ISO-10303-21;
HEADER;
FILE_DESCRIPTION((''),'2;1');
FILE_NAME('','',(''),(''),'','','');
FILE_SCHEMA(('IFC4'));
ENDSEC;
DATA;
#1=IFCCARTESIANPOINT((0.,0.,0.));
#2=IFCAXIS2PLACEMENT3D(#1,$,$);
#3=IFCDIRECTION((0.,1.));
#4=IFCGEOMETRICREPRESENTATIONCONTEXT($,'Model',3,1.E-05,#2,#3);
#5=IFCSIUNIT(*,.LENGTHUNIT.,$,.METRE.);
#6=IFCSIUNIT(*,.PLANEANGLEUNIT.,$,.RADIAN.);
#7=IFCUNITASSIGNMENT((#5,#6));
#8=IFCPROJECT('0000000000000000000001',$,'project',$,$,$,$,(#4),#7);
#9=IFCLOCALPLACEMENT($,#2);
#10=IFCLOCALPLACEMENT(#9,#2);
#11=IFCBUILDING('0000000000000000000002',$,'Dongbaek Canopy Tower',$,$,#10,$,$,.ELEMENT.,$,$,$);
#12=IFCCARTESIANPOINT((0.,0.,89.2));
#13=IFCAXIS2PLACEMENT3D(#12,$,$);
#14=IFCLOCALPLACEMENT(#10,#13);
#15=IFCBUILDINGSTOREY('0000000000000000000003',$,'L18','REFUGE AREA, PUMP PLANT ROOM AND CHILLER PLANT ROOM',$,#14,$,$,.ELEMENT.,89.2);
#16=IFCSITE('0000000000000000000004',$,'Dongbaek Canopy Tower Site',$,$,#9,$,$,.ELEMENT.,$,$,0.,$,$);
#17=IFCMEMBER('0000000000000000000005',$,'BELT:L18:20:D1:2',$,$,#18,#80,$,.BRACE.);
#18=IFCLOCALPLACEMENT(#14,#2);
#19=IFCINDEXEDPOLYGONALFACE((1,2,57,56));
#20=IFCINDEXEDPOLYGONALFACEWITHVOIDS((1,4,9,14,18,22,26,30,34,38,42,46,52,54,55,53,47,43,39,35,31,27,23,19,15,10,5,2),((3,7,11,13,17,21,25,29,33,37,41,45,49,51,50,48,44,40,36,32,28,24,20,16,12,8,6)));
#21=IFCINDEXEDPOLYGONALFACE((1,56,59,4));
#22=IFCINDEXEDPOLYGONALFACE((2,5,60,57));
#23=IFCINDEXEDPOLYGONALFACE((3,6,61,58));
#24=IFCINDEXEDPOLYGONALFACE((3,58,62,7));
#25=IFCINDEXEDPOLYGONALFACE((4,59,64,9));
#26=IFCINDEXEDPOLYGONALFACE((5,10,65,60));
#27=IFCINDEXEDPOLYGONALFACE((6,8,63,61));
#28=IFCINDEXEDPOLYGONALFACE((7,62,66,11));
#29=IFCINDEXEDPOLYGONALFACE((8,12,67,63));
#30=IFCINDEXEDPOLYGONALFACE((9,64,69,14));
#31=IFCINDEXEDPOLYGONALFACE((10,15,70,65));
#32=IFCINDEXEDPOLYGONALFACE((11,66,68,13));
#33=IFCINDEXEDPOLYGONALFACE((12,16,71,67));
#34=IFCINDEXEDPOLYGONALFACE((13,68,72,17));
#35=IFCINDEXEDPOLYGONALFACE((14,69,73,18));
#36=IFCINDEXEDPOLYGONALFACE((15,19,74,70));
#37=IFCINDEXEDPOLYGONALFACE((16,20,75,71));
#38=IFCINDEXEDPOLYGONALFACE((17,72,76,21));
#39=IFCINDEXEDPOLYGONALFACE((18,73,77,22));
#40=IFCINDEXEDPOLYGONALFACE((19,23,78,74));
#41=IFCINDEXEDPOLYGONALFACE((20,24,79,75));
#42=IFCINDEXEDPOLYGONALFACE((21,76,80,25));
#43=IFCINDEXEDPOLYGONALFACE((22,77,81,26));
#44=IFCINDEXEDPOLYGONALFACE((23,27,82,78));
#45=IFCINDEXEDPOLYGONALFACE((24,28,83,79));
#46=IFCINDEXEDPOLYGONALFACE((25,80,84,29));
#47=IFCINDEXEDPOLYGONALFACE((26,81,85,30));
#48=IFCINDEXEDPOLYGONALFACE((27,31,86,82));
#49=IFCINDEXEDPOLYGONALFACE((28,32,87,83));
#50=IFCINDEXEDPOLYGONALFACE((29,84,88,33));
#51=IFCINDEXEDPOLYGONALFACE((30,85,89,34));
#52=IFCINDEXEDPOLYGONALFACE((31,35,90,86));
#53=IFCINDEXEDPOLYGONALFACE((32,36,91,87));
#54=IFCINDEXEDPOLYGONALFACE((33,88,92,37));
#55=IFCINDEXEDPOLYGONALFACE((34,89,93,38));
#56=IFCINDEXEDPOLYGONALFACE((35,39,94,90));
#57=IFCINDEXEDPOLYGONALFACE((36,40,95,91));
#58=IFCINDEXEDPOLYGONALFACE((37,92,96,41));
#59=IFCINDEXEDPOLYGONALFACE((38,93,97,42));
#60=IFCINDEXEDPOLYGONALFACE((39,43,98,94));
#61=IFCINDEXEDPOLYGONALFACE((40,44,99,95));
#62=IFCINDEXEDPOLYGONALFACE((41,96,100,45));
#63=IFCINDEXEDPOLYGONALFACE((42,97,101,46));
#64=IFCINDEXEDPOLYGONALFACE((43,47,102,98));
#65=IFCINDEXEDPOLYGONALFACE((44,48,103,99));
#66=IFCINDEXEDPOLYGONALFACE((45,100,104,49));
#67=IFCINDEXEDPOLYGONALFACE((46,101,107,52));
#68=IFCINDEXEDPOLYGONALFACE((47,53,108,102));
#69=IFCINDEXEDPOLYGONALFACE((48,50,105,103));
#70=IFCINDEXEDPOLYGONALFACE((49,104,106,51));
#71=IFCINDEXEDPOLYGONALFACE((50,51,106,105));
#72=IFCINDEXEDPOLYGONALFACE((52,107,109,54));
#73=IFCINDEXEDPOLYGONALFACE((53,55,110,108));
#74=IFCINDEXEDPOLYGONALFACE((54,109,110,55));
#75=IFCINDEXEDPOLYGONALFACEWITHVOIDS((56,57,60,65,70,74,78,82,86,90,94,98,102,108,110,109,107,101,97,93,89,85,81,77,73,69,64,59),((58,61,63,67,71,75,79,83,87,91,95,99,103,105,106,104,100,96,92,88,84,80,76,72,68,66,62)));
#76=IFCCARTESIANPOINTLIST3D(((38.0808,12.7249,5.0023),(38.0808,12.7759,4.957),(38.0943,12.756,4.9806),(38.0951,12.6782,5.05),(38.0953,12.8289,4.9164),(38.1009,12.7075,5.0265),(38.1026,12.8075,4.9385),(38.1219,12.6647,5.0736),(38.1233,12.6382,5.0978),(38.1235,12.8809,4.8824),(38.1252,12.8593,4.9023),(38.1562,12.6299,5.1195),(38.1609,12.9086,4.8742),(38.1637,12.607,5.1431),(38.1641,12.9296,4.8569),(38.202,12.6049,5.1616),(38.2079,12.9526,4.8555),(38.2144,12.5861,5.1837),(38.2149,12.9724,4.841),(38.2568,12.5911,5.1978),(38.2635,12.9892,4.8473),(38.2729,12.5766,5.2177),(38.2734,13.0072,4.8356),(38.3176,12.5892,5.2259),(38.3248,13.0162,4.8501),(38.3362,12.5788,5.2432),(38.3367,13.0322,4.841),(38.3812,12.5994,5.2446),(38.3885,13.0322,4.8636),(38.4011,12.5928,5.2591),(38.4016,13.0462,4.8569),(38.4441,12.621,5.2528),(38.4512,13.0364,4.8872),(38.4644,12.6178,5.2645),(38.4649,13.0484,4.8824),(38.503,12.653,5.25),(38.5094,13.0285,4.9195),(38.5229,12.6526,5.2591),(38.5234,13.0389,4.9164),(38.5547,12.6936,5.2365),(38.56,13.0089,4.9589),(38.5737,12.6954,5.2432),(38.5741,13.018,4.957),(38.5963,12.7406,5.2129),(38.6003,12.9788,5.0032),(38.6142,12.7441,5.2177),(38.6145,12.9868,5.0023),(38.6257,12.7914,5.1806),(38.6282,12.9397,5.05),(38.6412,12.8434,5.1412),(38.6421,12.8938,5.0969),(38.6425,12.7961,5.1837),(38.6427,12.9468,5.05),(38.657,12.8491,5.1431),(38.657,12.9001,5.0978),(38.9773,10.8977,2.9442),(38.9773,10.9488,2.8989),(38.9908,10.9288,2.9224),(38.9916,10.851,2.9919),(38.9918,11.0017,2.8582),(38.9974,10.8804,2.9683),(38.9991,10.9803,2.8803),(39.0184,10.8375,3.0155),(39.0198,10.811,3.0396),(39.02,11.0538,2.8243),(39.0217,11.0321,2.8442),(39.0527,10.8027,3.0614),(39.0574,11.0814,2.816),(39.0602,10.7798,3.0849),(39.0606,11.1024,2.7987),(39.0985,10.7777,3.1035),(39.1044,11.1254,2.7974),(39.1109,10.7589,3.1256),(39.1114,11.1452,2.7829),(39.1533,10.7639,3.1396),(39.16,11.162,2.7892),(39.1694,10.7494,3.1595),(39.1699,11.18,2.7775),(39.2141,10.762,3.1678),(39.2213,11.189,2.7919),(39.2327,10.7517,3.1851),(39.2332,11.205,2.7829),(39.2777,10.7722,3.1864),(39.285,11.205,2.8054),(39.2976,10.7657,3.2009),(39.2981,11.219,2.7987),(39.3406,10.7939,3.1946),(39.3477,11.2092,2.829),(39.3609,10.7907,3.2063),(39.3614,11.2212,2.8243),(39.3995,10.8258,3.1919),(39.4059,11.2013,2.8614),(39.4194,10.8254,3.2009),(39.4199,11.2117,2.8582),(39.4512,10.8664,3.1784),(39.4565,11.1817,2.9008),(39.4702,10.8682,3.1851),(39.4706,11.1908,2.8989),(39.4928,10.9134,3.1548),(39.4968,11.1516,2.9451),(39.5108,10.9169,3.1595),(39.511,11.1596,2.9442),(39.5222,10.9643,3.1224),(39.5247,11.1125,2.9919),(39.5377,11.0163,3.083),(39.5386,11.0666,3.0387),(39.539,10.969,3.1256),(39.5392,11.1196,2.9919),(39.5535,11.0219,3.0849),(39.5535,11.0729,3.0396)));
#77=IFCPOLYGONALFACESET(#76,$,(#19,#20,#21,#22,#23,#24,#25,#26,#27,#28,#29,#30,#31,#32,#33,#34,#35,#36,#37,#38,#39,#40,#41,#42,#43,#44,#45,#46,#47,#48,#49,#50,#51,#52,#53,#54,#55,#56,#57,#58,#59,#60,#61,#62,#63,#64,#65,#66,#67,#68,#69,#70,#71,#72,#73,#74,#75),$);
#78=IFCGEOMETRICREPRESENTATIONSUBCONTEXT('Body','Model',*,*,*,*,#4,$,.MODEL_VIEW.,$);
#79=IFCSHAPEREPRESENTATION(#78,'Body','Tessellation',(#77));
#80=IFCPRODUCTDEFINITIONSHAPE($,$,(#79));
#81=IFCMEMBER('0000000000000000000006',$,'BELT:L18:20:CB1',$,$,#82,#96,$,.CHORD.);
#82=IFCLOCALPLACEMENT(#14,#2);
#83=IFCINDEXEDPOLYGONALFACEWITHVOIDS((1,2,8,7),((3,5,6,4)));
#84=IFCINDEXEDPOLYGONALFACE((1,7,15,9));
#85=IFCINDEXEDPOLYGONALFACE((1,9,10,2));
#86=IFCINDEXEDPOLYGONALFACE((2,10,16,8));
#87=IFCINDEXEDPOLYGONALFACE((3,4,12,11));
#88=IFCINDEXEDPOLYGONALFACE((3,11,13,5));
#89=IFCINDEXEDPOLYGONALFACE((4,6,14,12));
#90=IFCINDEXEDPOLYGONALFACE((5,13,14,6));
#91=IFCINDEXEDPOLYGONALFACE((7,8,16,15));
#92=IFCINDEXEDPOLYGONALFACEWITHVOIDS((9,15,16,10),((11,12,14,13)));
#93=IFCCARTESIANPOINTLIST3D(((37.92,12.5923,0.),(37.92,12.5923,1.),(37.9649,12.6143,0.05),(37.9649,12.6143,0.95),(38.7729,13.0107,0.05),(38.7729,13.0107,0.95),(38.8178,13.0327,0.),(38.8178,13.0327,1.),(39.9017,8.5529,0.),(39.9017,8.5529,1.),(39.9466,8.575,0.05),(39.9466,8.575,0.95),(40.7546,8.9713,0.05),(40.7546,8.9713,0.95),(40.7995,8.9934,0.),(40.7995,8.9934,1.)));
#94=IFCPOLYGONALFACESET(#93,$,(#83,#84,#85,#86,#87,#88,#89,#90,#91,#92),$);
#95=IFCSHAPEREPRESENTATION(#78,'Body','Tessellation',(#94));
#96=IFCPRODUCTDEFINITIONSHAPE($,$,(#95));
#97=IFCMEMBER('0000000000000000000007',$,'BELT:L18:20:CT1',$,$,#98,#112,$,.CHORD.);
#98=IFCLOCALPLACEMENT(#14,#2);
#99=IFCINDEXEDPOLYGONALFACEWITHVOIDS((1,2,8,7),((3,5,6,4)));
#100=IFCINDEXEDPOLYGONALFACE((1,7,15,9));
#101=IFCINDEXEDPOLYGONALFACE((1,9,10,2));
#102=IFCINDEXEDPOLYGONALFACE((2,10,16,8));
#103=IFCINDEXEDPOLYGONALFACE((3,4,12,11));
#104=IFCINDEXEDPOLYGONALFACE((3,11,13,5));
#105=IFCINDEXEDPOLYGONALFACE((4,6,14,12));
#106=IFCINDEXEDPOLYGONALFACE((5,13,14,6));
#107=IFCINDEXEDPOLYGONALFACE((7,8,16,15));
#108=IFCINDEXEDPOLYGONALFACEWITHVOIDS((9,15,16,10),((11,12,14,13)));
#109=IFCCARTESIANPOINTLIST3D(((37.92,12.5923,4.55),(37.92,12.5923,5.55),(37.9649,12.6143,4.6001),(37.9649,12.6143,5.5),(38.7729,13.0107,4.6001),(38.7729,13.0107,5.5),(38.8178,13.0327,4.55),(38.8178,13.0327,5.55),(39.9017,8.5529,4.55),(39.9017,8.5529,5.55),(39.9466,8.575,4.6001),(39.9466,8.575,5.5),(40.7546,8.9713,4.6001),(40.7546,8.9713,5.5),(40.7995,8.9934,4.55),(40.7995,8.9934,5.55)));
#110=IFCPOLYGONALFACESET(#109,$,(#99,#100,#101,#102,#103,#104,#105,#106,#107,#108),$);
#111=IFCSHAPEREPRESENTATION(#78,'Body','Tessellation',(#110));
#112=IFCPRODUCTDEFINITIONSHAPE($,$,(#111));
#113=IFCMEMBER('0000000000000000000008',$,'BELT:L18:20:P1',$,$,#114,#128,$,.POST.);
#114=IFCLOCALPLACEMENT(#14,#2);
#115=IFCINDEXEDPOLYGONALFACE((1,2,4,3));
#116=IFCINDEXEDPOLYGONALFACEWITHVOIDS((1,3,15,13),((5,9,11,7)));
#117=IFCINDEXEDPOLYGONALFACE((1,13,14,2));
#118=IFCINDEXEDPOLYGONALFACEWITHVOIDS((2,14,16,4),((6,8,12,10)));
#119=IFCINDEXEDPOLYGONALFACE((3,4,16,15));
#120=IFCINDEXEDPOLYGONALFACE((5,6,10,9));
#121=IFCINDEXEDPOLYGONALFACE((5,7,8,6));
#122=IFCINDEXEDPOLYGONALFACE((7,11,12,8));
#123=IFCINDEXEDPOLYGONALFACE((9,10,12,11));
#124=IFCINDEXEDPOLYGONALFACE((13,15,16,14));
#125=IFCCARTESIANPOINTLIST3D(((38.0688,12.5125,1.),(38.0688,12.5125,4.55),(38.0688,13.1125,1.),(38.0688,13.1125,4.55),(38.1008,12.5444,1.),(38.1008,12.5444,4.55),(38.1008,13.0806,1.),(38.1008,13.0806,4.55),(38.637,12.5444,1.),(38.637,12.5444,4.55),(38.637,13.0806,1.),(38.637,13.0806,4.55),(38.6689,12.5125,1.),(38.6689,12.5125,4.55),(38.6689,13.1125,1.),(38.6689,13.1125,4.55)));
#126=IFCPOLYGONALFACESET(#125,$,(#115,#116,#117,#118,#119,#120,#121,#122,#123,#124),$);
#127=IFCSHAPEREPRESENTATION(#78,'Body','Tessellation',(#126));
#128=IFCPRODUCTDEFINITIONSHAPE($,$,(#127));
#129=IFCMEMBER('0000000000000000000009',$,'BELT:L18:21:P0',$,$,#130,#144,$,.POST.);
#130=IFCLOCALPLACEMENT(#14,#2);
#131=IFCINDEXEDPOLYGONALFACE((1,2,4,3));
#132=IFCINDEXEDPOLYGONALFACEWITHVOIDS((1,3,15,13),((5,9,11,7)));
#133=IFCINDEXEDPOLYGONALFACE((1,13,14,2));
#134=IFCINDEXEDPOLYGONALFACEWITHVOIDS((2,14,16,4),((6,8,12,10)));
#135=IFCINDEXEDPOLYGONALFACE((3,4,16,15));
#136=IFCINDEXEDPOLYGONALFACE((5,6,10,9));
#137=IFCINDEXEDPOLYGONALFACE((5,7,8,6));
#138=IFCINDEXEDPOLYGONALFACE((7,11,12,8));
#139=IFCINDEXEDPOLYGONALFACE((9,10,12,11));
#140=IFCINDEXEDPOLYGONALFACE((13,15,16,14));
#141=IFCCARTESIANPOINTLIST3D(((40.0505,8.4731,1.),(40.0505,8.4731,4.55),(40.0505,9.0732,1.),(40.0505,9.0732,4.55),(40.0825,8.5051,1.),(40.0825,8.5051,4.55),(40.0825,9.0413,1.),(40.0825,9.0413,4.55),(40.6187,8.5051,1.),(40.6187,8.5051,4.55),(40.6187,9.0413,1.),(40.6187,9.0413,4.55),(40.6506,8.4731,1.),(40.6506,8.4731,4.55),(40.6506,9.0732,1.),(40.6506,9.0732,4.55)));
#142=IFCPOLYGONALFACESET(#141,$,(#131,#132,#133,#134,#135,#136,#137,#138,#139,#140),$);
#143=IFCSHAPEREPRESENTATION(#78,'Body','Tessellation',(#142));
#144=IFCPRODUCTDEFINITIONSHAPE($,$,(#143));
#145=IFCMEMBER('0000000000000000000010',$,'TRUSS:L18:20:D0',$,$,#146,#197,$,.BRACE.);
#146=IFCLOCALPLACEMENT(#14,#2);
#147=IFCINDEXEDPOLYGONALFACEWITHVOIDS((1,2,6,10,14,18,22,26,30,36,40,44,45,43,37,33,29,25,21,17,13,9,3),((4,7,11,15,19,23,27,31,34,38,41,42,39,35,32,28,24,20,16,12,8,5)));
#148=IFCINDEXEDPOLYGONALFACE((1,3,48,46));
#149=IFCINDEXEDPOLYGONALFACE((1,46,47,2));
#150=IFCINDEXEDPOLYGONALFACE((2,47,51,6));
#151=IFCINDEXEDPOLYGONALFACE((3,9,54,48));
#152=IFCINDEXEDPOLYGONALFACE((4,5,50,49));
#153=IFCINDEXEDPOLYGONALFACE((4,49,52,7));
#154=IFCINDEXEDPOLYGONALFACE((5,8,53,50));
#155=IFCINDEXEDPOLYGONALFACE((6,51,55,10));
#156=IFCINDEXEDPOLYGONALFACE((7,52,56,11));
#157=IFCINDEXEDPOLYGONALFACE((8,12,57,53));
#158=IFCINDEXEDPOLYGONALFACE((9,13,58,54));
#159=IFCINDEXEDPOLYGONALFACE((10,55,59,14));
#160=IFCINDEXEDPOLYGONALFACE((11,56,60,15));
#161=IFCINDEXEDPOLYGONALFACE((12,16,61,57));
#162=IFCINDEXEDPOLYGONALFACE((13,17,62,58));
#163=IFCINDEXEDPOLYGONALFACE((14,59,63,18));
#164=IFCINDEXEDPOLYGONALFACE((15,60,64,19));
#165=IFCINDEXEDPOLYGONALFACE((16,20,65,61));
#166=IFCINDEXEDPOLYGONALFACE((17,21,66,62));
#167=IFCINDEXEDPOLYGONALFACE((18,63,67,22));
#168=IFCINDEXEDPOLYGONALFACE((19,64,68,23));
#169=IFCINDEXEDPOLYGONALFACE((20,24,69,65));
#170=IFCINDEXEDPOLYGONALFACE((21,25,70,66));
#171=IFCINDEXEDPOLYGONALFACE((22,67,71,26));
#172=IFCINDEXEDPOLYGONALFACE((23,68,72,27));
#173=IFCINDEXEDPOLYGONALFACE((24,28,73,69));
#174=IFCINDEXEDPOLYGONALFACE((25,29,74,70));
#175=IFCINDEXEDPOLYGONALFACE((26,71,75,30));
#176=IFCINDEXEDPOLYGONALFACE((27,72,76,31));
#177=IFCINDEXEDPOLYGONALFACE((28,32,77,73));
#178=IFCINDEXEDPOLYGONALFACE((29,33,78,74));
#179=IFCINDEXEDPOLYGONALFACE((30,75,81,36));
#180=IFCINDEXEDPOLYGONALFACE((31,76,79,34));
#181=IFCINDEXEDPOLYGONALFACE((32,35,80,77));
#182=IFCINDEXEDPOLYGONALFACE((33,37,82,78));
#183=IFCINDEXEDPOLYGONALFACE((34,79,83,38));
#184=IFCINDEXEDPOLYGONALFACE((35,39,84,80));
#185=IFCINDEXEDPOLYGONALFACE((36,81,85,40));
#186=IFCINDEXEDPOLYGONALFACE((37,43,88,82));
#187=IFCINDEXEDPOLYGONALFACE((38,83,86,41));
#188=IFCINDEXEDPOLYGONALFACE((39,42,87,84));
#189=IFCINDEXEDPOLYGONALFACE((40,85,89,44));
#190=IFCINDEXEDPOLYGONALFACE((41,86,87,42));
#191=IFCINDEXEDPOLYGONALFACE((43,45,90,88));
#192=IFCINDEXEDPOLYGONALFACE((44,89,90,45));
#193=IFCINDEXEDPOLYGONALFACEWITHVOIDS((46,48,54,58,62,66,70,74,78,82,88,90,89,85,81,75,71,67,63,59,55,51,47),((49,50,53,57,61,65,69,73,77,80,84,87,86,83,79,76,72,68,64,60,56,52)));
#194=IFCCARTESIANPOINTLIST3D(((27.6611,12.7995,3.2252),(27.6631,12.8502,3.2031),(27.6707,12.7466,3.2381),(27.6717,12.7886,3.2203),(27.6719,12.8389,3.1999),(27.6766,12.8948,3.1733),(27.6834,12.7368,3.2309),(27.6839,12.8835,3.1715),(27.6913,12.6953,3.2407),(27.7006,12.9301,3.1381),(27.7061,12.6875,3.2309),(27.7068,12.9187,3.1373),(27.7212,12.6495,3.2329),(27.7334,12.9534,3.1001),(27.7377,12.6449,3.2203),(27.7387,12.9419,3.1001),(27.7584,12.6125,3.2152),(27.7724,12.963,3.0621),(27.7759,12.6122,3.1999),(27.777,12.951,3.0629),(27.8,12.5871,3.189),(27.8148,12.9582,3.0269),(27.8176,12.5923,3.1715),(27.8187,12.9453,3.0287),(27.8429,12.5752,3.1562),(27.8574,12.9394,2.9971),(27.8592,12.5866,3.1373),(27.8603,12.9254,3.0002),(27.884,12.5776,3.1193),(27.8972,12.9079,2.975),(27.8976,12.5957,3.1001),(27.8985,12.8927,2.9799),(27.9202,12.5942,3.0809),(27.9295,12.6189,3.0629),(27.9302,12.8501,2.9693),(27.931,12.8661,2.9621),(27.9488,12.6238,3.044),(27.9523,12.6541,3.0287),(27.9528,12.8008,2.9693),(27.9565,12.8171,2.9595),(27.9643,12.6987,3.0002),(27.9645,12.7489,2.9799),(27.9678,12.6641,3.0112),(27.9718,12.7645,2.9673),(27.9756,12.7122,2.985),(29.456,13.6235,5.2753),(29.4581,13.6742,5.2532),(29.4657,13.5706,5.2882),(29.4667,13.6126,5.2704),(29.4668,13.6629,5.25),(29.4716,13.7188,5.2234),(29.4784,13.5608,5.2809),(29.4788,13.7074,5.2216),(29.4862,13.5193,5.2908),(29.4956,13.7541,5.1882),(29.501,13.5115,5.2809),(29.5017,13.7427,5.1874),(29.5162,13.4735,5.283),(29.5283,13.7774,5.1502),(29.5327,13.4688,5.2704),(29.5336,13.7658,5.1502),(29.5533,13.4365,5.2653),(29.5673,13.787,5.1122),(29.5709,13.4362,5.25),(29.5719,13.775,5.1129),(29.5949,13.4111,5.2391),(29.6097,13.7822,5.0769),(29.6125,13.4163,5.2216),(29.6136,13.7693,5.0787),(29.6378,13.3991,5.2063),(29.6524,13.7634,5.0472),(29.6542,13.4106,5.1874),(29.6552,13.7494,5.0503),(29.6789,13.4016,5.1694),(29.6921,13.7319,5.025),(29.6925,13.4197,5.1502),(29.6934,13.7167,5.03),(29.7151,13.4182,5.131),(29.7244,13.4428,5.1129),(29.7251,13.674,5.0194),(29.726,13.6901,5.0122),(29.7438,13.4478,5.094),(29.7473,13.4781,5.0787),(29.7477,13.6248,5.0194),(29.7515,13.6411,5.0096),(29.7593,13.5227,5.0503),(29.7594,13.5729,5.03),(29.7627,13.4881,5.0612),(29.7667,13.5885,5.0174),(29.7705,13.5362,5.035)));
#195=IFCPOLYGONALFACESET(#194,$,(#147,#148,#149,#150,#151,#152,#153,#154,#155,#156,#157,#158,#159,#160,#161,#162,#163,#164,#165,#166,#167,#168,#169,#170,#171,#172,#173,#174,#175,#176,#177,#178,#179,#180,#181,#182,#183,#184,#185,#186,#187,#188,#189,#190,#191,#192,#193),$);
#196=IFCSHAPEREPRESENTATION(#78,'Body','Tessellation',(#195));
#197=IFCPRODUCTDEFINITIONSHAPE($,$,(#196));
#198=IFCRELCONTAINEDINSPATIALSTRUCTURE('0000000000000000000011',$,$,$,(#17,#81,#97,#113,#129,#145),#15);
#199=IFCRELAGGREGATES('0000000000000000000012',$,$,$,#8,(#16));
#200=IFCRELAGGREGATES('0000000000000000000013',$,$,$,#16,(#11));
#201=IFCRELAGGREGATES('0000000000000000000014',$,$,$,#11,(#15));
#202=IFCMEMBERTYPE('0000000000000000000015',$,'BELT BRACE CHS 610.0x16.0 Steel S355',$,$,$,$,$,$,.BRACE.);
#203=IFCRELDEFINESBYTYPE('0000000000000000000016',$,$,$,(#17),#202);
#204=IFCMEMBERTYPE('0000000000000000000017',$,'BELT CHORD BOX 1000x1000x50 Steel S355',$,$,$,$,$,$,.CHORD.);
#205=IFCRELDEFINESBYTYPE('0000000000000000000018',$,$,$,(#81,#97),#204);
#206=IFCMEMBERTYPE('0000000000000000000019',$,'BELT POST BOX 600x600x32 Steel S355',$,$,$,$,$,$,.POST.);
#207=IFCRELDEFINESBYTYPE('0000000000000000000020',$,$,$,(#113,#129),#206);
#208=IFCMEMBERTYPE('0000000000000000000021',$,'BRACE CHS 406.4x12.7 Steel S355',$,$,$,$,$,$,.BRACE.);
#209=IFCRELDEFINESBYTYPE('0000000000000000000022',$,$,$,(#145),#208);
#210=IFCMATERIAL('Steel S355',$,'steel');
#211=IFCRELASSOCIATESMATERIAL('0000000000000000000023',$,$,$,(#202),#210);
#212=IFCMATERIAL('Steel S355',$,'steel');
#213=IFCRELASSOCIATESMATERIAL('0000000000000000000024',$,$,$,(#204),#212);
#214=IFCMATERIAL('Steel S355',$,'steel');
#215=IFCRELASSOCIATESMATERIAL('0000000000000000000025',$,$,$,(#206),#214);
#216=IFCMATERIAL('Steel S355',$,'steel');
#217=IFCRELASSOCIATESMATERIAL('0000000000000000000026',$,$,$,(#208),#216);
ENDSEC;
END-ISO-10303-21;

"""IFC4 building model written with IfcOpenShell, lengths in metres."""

from ifc_helpers import new_model, si_unit, direction, frame, origin, origin_2d, place, context, subcontext, project, spatial, hollow_rectangle, hollow_circle, extrude, material, material_profile, profile_set, type_object, element, save


model = new_model("IFC4")

# Units and contexts
model_context = context("Model", 3, precision=1e-05, world=origin(), true_north=direction((0.0, 1.0)))
body_context = subcontext(model_context, "Body", "Model", "MODEL_VIEW")
ifc_project = project(units=[si_unit("LENGTHUNIT", "METRE"), si_unit("PLANEANGLEUNIT", "RADIAN")], contexts=[model_context])

# Site, building, storey
site_placement = place(None, origin())
site = spatial("IfcSite", under=ifc_project, at=site_placement, Name="Dongbaek Canopy Tower Site", CompositionType="ELEMENT", RefElevation=0.0)
building_placement = place(site_placement, origin())
building = spatial("IfcBuilding", under=site, at=building_placement, Name="Dongbaek Canopy Tower", CompositionType="ELEMENT")
storey_placement = place(building_placement, frame((0.0, 0.0, 89.2)))
storey = spatial("IfcBuildingStorey", under=building, at=storey_placement, Name="L18", Description="REFUGE AREA, PUMP PLANT ROOM AND CHILLER PLANT ROOM", CompositionType="ELEMENT", Elevation=89.2)

# Members
ifc_material_1 = material(Name="Steel S355", Category="steel")
ifc_material_profile_1 = material_profile(ifc_material_1, hollow_circle(Radius=0.3049, WallThickness=0.0161, at=origin_2d()), Name="BELT BRACE CHS 610.0x16.0 Steel S355")
ifc_profile_set_1 = profile_set([ifc_material_profile_1], Name="Steel S355")
member_type_1 = type_object("IfcMemberType", Name="BELT BRACE CHS 610.0x16.0 Steel S355", PredefinedType="BRACE", material=ifc_profile_set_1)
member_1_placement = place(storey_placement, frame((38.3689, 12.8125, 5.05), z_axis=(0.309723, -0.631255, -0.711048), x_axis=(0.897761, 0.440483, 0.0)))
element("IfcMember", 1, at=member_1_placement, inside=storey, type_object=member_type_1, Name="BELT:L18:20:D1:2", PredefinedType="BRACE", context=body_context, shape_type="SweptSolid", body=[
    extrude(hollow_circle(Radius=0.3049, WallThickness=0.0161, at=origin_2d()), origin(), (0.0, 0.0, 1.0), 2.8945),
])
ifc_material_2 = material(Name="Steel S355", Category="steel")
ifc_material_profile_2 = material_profile(ifc_material_2, hollow_rectangle(XDim=1.0, YDim=1.0, WallThickness=0.05, at=origin_2d()), Name="BELT CHORD BOX 1000x1000x50 Steel S355")
ifc_profile_set_2 = profile_set([ifc_material_profile_2], Name="Steel S355")
member_type_2 = type_object("IfcMemberType", Name="BELT CHORD BOX 1000x1000x50 Steel S355", PredefinedType="CHORD", material=ifc_profile_set_2)
for number, where, z_axis, x_axis, name in (
    (2, (38.3689, 12.8125, 0.5), (0.440451, -0.897777, 0.0), (0.897777, 0.440451, 0.0), "BELT:L18:20:CB1"),
    (3, (38.3689, 12.8125, 5.05), (0.440451, -0.897777, 0.0), (0.897777, 0.440451, 0.0), "BELT:L18:20:CT1"),
):
    element("IfcMember", number, at=place(storey_placement, frame(where, z_axis=z_axis, x_axis=x_axis)), inside=storey, type_object=member_type_2, Name=name, PredefinedType="CHORD", context=body_context, shape_type="SweptSolid", body=[
        extrude(hollow_rectangle(XDim=1.0, YDim=1.0, WallThickness=0.05, at=origin_2d()), origin(), (0.0, 0.0, 1.0), 4.4993),
    ])
ifc_material_3 = material(Name="Steel S355", Category="steel")
ifc_material_profile_3 = material_profile(ifc_material_3, hollow_rectangle(XDim=0.6001, YDim=0.6001, WallThickness=0.032, at=origin_2d()), Name="BELT POST BOX 600x600x32 Steel S355")
ifc_profile_set_3 = profile_set([ifc_material_profile_3], Name="Steel S355")
member_type_3 = type_object("IfcMemberType", Name="BELT POST BOX 600x600x32 Steel S355", PredefinedType="POST", material=ifc_profile_set_3)
for number, where, z_axis, x_axis, name in (
    (4, (38.3689, 12.8125, 1.0), (0.0, 0.0, 1.0), (1.0, 0.0, 0.0), "BELT:L18:20:P1"),
    (5, (40.3506, 8.7732, 1.0), (0.0, 0.0, 1.0), (1.0, 0.0, 0.0), "BELT:L18:21:P0"),
):
    element("IfcMember", number, at=place(storey_placement, frame(where, z_axis=z_axis, x_axis=x_axis)), inside=storey, type_object=member_type_3, Name=name, PredefinedType="POST", context=body_context, shape_type="SweptSolid", body=[
        extrude(hollow_rectangle(XDim=0.6001, YDim=0.6001, WallThickness=0.032, at=origin_2d()), origin(), (0.0, 0.0, 1.0), 3.55),
    ])
ifc_material_4 = material(Name="Steel S355", Category="steel")
ifc_material_profile_4 = material_profile(ifc_material_4, hollow_circle(Radius=0.2031, WallThickness=0.0127, at=origin_2d()), Name="BRACE CHS 406.4x12.7 Steel S355")
ifc_profile_set_4 = profile_set([ifc_material_profile_4], Name="Steel S355")
member_type_4 = type_object("IfcMemberType", Name="BRACE CHS 406.4x12.7 Steel S355", PredefinedType="BRACE", material=ifc_profile_set_4)
for number, where, z_axis, x_axis, name in (
    (6, (27.8181, 12.7688, 3.1001), (0.63054, 0.289455, 0.720164), (-0.417199, 0.908815, 0.0), "TRUSS:L18:20:D0"),
):
    element("IfcMember", number, at=place(storey_placement, frame(where, z_axis=z_axis, x_axis=x_axis)), inside=storey, type_object=member_type_4, Name=name, PredefinedType="BRACE", context=body_context, shape_type="SweptSolid", body=[
        extrude(hollow_circle(Radius=0.2031, WallThickness=0.0127, at=origin_2d()), origin(), (0.0, 0.0, 1.0), 2.8467),
    ])

save(model, "model.ifc")
